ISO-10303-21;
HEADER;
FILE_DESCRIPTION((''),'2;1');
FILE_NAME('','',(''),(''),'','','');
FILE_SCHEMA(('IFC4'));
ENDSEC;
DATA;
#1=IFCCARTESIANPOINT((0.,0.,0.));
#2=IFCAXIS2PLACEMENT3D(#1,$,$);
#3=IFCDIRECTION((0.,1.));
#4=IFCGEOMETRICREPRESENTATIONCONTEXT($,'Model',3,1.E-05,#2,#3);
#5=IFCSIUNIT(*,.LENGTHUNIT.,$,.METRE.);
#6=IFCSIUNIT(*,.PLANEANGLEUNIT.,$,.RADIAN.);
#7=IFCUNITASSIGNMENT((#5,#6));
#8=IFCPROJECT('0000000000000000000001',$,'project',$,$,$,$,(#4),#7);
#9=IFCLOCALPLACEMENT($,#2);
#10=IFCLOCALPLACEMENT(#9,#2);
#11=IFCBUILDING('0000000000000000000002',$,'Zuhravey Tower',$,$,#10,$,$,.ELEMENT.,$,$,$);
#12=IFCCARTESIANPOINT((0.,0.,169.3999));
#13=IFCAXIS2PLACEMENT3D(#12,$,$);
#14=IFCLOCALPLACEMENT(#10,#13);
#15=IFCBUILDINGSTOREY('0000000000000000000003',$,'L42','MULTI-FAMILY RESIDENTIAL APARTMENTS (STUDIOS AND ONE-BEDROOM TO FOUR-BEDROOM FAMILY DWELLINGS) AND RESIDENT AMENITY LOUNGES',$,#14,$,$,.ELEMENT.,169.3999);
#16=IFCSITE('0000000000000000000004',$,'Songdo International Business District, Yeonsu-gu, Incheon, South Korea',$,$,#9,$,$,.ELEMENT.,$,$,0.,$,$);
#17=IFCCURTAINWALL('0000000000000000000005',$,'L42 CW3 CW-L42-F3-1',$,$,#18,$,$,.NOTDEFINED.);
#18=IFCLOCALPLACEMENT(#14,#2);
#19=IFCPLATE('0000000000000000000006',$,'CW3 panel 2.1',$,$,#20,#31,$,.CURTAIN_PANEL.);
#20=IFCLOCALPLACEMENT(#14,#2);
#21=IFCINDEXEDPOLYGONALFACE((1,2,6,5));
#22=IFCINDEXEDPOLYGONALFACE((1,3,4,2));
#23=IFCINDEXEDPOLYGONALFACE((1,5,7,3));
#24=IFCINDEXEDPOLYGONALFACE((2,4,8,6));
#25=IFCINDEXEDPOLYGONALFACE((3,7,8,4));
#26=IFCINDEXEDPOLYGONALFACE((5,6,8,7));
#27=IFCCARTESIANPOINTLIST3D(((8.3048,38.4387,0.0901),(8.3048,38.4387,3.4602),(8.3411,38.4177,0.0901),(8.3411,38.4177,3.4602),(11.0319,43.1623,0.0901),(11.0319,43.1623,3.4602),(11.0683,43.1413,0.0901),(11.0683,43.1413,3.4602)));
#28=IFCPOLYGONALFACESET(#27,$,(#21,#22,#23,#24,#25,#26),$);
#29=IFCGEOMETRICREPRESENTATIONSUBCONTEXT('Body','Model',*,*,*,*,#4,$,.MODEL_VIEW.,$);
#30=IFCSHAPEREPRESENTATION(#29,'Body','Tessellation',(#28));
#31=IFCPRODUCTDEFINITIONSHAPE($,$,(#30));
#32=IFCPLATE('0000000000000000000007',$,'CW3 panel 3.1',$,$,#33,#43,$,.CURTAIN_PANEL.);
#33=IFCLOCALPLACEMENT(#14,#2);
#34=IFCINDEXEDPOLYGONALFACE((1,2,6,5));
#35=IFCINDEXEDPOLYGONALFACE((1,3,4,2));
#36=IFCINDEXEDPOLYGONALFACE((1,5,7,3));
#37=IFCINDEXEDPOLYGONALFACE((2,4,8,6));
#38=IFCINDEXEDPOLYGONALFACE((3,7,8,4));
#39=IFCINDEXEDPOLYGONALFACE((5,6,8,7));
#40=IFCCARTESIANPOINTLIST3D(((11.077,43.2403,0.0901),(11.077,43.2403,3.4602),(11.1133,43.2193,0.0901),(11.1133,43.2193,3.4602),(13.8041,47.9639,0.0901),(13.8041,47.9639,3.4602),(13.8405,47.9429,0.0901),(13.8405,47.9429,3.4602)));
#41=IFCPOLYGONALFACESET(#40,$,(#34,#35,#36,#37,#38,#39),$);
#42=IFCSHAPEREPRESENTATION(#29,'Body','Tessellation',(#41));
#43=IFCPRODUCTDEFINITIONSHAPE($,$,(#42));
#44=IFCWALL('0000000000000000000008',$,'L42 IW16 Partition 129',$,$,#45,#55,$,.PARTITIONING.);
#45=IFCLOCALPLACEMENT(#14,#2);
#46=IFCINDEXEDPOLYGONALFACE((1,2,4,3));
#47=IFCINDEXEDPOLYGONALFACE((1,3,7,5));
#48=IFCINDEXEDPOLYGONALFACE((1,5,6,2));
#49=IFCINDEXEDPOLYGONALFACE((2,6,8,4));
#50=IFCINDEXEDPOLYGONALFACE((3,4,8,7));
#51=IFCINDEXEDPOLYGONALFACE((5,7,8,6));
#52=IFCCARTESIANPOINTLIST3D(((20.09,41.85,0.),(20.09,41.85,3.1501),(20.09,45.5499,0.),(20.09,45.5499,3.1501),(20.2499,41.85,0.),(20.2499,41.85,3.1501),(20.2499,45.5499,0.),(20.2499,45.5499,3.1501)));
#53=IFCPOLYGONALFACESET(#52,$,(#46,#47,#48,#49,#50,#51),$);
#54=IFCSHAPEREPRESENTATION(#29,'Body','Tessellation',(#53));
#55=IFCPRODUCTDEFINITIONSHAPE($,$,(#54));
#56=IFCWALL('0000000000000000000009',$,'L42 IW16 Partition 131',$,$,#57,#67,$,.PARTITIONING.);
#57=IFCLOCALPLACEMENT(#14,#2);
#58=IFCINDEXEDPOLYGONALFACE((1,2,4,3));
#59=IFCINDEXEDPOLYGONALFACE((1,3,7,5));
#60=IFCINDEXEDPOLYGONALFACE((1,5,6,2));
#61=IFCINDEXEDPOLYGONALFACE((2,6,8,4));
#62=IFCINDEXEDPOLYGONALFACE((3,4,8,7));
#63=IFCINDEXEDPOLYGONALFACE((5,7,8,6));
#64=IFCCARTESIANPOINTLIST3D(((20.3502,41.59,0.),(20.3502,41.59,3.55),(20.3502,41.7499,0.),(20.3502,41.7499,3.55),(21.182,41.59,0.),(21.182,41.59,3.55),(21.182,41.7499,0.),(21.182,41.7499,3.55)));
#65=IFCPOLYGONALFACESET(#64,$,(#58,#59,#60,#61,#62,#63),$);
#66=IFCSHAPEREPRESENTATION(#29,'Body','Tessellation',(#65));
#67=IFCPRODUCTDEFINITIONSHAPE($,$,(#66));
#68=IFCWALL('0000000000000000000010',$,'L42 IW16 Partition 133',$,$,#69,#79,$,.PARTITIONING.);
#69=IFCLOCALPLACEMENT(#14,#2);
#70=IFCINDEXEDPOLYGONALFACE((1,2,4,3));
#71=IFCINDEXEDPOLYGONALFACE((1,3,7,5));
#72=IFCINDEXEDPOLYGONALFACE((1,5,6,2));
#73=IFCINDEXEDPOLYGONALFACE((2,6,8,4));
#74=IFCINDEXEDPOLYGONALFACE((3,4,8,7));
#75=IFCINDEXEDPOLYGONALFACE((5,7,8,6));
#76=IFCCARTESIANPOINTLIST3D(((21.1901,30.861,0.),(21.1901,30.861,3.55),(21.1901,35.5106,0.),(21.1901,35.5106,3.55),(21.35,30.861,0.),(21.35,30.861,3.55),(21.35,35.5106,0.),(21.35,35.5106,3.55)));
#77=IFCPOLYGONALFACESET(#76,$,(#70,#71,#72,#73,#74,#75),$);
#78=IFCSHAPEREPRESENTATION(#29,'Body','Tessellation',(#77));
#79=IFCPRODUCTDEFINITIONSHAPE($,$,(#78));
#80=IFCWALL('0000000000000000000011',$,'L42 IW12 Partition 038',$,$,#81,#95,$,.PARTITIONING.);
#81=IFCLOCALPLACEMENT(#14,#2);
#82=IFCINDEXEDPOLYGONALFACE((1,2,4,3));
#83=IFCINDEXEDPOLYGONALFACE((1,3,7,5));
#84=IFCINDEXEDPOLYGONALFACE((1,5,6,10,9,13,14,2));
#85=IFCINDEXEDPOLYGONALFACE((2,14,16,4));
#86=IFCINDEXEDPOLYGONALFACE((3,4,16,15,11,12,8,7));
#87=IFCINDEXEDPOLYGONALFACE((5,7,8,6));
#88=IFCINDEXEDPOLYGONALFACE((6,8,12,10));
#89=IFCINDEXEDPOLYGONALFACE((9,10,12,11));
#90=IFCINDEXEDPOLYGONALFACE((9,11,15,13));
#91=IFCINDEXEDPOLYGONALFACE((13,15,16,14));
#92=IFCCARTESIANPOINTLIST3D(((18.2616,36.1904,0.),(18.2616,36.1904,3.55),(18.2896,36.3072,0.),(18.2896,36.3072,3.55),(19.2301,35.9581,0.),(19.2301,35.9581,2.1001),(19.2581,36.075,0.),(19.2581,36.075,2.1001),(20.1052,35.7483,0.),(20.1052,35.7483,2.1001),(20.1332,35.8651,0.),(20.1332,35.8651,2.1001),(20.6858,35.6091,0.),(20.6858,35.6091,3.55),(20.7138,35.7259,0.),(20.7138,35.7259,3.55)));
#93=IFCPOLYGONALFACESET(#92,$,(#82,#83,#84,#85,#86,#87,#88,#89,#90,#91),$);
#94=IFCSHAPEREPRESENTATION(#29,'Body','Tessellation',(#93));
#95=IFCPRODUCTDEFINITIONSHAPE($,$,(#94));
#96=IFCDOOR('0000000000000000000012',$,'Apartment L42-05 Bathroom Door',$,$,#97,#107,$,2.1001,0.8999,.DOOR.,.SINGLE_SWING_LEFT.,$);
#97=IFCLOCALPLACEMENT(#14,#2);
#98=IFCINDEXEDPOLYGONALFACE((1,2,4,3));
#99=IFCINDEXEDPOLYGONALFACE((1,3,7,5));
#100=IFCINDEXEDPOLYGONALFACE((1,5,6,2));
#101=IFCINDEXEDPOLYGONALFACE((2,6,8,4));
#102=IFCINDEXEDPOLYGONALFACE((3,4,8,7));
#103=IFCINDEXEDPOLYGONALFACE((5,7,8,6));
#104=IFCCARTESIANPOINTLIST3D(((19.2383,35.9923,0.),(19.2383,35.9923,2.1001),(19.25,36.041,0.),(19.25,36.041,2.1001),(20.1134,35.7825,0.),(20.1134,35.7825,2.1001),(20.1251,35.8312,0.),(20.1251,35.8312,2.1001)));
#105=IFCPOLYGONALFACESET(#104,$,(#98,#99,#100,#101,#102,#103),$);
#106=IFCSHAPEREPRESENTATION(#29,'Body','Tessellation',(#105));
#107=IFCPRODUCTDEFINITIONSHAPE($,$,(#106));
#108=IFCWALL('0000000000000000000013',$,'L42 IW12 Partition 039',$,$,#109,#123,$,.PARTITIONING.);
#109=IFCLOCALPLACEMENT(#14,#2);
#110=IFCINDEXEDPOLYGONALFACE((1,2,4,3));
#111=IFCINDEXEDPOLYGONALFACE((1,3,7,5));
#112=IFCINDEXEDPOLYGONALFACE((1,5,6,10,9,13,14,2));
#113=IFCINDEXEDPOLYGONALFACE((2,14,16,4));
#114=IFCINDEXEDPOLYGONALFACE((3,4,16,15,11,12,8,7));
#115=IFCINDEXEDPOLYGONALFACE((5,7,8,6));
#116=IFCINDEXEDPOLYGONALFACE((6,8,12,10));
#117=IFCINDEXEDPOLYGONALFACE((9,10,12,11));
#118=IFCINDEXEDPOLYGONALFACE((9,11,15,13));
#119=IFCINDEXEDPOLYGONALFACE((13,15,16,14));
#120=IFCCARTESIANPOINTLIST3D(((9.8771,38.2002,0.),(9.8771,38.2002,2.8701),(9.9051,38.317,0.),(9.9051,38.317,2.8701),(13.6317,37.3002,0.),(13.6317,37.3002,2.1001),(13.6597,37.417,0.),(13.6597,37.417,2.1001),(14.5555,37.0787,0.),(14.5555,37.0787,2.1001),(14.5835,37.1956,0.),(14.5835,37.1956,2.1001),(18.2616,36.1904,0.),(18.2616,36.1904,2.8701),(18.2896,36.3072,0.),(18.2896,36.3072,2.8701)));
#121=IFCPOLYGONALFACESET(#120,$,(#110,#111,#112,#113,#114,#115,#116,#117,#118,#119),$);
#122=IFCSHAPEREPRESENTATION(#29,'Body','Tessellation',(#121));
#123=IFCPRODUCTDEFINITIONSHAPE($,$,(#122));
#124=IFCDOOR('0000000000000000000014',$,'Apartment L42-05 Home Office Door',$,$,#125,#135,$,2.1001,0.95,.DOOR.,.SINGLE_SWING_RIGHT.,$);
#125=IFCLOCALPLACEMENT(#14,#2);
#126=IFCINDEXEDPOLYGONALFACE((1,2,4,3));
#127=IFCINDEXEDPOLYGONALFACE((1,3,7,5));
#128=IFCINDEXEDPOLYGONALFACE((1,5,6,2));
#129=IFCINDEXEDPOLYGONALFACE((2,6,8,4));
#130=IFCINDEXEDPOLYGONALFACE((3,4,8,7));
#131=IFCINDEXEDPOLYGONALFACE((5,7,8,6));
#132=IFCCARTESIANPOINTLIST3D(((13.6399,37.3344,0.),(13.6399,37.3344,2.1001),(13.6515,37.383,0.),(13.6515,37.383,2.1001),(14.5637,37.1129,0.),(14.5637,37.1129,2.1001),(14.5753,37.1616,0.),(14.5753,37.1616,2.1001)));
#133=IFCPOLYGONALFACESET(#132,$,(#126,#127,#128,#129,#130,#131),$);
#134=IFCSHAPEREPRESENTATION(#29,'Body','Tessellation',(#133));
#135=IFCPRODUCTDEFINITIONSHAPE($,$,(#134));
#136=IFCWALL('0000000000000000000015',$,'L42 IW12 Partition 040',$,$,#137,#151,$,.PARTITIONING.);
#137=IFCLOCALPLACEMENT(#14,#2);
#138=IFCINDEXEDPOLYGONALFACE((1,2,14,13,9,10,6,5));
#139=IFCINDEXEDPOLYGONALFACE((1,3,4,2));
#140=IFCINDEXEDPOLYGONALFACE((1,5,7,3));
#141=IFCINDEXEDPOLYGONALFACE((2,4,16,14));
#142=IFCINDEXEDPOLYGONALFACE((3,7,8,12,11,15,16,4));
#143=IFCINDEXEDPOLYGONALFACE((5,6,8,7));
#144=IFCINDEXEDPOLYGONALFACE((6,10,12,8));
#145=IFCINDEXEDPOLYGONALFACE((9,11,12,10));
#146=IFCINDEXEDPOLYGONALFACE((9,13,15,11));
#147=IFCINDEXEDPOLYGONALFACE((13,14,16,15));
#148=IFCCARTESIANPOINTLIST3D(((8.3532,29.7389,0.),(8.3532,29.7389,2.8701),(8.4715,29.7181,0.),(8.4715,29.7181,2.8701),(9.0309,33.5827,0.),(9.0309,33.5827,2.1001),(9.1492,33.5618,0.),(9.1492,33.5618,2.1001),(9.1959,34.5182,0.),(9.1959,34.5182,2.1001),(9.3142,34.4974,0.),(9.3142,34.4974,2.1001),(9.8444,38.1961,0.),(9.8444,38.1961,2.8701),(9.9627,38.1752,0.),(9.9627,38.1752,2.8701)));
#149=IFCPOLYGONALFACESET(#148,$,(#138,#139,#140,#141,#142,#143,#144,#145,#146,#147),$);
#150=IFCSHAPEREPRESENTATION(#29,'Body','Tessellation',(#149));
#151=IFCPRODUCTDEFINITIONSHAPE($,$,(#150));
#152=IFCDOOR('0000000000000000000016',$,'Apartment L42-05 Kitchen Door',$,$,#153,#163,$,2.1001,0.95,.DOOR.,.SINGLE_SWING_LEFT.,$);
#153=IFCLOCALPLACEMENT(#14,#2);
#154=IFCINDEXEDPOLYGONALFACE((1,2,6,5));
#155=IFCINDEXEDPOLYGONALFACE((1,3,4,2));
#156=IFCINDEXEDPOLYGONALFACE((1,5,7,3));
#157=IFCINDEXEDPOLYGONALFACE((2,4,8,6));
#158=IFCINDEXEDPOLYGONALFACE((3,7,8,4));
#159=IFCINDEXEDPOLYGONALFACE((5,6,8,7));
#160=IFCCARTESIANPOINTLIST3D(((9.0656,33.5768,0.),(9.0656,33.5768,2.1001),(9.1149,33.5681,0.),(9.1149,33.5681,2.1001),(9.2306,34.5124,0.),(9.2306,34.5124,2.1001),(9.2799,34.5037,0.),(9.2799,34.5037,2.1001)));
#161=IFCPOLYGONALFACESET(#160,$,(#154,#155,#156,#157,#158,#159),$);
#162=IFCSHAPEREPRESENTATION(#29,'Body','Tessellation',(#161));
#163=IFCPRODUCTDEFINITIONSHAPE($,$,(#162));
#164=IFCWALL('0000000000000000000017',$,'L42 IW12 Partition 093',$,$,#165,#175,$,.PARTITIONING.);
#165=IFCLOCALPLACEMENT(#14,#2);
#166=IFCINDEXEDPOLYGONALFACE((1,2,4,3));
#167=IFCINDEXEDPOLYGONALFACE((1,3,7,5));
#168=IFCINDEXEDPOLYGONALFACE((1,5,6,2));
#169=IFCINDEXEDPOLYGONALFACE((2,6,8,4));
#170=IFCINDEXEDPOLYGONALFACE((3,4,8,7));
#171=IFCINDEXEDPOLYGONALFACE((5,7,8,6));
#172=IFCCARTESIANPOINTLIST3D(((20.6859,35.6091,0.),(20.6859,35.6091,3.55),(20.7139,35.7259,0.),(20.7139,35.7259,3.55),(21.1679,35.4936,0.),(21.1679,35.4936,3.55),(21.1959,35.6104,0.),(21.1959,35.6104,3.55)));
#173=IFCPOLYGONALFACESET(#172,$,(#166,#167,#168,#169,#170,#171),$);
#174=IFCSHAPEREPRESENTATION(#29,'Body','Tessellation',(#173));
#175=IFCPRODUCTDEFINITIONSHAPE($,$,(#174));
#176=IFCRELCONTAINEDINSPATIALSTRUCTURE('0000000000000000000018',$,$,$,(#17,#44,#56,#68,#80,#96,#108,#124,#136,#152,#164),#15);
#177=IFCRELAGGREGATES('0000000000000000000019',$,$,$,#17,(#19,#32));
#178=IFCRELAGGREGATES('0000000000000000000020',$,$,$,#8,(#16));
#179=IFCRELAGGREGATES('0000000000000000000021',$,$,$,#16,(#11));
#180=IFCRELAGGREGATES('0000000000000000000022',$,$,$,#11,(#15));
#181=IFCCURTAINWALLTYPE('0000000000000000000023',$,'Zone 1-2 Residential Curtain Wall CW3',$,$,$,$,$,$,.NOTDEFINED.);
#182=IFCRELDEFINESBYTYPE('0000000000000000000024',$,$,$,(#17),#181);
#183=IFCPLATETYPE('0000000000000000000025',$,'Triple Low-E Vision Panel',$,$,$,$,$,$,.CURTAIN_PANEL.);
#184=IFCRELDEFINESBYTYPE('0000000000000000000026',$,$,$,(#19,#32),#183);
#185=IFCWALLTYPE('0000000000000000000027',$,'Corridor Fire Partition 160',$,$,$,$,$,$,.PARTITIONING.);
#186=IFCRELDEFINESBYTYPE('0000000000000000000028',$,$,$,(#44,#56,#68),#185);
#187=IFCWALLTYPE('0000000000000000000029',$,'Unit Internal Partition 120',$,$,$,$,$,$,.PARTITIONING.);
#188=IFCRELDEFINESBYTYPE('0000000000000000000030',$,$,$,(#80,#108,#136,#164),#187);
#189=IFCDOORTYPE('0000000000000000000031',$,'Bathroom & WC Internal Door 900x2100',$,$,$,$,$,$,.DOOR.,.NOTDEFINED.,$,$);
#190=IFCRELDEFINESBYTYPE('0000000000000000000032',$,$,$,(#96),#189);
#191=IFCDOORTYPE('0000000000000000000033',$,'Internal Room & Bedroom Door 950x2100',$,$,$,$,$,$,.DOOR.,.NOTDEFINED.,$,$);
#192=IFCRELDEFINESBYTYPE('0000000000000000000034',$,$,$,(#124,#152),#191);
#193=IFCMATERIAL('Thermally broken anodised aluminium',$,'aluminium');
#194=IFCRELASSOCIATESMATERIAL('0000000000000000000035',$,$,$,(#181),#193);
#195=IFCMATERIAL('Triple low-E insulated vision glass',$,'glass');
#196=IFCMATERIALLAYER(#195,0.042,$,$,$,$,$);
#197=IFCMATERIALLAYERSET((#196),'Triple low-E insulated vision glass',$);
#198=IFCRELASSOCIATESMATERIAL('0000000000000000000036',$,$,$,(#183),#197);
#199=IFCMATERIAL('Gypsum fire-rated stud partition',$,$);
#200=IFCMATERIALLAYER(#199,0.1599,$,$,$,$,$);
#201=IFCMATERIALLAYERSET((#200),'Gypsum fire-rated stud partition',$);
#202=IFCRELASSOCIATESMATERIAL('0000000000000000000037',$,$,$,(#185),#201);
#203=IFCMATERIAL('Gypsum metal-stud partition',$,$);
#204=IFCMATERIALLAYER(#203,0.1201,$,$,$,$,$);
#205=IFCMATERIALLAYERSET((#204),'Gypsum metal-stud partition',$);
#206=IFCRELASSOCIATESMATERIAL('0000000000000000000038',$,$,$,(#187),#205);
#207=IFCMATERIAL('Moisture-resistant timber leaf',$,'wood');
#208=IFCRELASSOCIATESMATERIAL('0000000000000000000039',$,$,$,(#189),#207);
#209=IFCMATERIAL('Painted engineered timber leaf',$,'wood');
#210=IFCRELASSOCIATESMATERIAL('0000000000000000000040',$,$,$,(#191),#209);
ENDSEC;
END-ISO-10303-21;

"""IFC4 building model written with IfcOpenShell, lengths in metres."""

from ifc_helpers import new_model, si_unit, direction, frame, frame_2d, origin, origin_2d, place, context, subcontext, project, spatial, rectangle, extrude, material, layer, layer_set, type_object, element, fill, aggregate, save


model = new_model("IFC4")

# Units and contexts
model_context = context("Model", 3, precision=1e-05, world=origin(), true_north=direction((0.0, 1.0)))
body_context = subcontext(model_context, "Body", "Model", "MODEL_VIEW")
ifc_project = project(units=[si_unit("LENGTHUNIT", "METRE"), si_unit("PLANEANGLEUNIT", "RADIAN")], contexts=[model_context])

# Site, building, storey
site_placement = place(None, origin())
site = spatial("IfcSite", under=ifc_project, at=site_placement, Name="Songdo International Business District, Yeonsu-gu, Incheon, South Korea", CompositionType="ELEMENT", RefElevation=0.0)
building_placement = place(site_placement, origin())
building = spatial("IfcBuilding", under=site, at=building_placement, Name="Zuhravey Tower", CompositionType="ELEMENT")
storey_placement = place(building_placement, frame((0.0, 0.0, 169.3999)))
storey = spatial("IfcBuildingStorey", under=building, at=storey_placement, Name="L42", Description="MULTI-FAMILY RESIDENTIAL APARTMENTS (STUDIOS AND ONE-BEDROOM TO FOUR-BEDROOM FAMILY DWELLINGS) AND RESIDENT AMENITY LOUNGES", CompositionType="ELEMENT", Elevation=169.3999)

# Curtain wall
ifc_material_1 = material(Name="Thermally broken anodised aluminium", Category="aluminium")
curtain_wall_type = type_object("IfcCurtainWallType", Name="Zone 1-2 Residential Curtain Wall CW3", PredefinedType="NOTDEFINED", material=ifc_material_1)
curtain_wall_placement = place(storey_placement, origin())
curtain_wall = element("IfcCurtainWall", 1, at=curtain_wall_placement, inside=storey, type_object=curtain_wall_type, Name="L42 CW3 CW-L42-F3-1", PredefinedType="NOTDEFINED")

# Plates
ifc_material_2 = material(Name="Triple low-E insulated vision glass", Category="glass")
ifc_layer_1 = layer(ifc_material_2, 0.042)
ifc_layer_set_1 = layer_set([ifc_layer_1], Name="Triple low-E insulated vision glass")
plate_type_1 = type_object("IfcPlateType", Name="Triple Low-E Vision Panel", PredefinedType="CURTAIN_PANEL", material=ifc_layer_set_1)
plate_1_placement = place(storey_placement, frame((9.6865, 40.79, 0.0901), z_axis=(0.0, 0.0, 1.0), x_axis=(0.5, 0.866025, 0.0)))
plate_1 = element("IfcPlate", 2, at=plate_1_placement, type_object=plate_type_1, Name="CW3 panel 2.1", PredefinedType="CURTAIN_PANEL", context=body_context, shape_type="SweptSolid", body=[
    extrude(rectangle(XDim=5.4543, YDim=0.042, at=origin_2d()), origin(), (0.0, 0.0, 1.0), 3.3701),
])
plate_2_placement = place(storey_placement, frame((12.4587, 45.5916, 0.0901), z_axis=(0.0, 0.0, 1.0), x_axis=(0.5, 0.866025, 0.0)))
plate_2 = element("IfcPlate", 3, at=plate_2_placement, type_object=plate_type_1, Name="CW3 panel 3.1", PredefinedType="CURTAIN_PANEL", context=body_context, shape_type="SweptSolid", body=[
    extrude(rectangle(XDim=5.4543, YDim=0.042, at=origin_2d()), origin(), (0.0, 0.0, 1.0), 3.3701),
])
aggregate(curtain_wall, [plate_1, plate_2])

# Walls
ifc_material_3 = material(Name="Gypsum fire-rated stud partition")
ifc_layer_2 = layer(ifc_material_3, 0.1599)
ifc_layer_set_2 = layer_set([ifc_layer_2], Name="Gypsum fire-rated stud partition")
wall_type_1 = type_object("IfcWallType", Name="Corridor Fire Partition 160", PredefinedType="PARTITIONING", material=ifc_layer_set_2)
wall_1_placement = place(storey_placement, frame((20.1699, 45.55, 0.0), z_axis=(0.0, 0.0, 1.0), x_axis=(0.0, -1.0, 0.0)))
element("IfcWall", 4, at=wall_1_placement, inside=storey, type_object=wall_type_1, Name="L42 IW16 Partition 129", PredefinedType="PARTITIONING", context=body_context, shape_type="SweptSolid", body=[
    extrude(rectangle(XDim=3.7, YDim=0.1599, at=frame_2d((1.8501, 0.0))), origin(), (0.0, 0.0, 1.0), 3.1501),
])
wall_2_placement = place(storey_placement, frame((20.3501, 41.6699, 0.0), z_axis=(0.0, 0.0, 1.0), x_axis=(1.0, 0.0, 0.0)))
element("IfcWall", 5, at=wall_2_placement, inside=storey, type_object=wall_type_1, Name="L42 IW16 Partition 131", PredefinedType="PARTITIONING", context=body_context, shape_type="SweptSolid", body=[
    extrude(rectangle(XDim=0.8318, YDim=0.1599, at=frame_2d((0.416, 0.0))), origin(), (0.0, 0.0, 1.0), 3.55),
])
wall_3_placement = place(storey_placement, frame((21.27, 35.5105, 0.0), z_axis=(0.0, 0.0, 1.0), x_axis=(0.0, -1.0, 0.0)))
element("IfcWall", 6, at=wall_3_placement, inside=storey, type_object=wall_type_1, Name="L42 IW16 Partition 133", PredefinedType="PARTITIONING", context=body_context, shape_type="SweptSolid", body=[
    extrude(rectangle(XDim=4.6497, YDim=0.1599, at=frame_2d((2.3247, 0.0))), origin(), (0.0, 0.0, 1.0), 3.55),
])

# Walls, openings, doors
ifc_material_4 = material(Name="Gypsum metal-stud partition")
ifc_layer_3 = layer(ifc_material_4, 0.1201)
ifc_layer_set_3 = layer_set([ifc_layer_3], Name="Gypsum metal-stud partition")
wall_type_2 = type_object("IfcWallType", Name="Unit Internal Partition 120", PredefinedType="PARTITIONING", material=ifc_layer_set_3)
wall_4_placement = place(storey_placement, frame((20.7, 35.6675, 0.0), z_axis=(0.0, 0.0, 1.0), x_axis=(-0.972436, 0.233169, 0.0)))
wall_4 = element("IfcWall", 7, at=wall_4_placement, inside=storey, type_object=wall_type_2, Name="L42 IW12 Partition 038", PredefinedType="PARTITIONING", context=body_context, shape_type="SweptSolid", body=[
    extrude(rectangle(XDim=2.4929, YDim=0.1201, at=frame_2d((1.2466, 0.0))), origin(), (0.0, 0.0, 1.0), 3.55),
])
opening_1_placement = place(wall_4_placement, frame((0.5972, 0.0, 0.0)))
opening_1 = element("IfcOpeningElement", 8, at=opening_1_placement, cuts=wall_4, PredefinedType="OPENING", context=body_context, shape_type="SweptSolid", body=[
    extrude(rectangle(XDim=0.8999, YDim=2.1001, at=frame_2d((0.45, 1.05))), frame((0.0, 0.072, 0.0), z_axis=(0.0, -1.0, 0.0), x_axis=(1.0, 0.0, 0.0)), (0.0, 0.0, 1.0), 0.144),
])
ifc_material_5 = material(Name="Moisture-resistant timber leaf", Category="wood")
door_type_1 = type_object("IfcDoorType", Name="Bathroom & WC Internal Door 900x2100", OperationType="NOTDEFINED", PredefinedType="DOOR", material=ifc_material_5)
door_1_placement = place(opening_1_placement, origin())
door_1 = element("IfcDoor", 9, at=door_1_placement, inside=storey, type_object=door_type_1, Name="Apartment L42-05 Bathroom Door", OperationType="SINGLE_SWING_LEFT", OverallHeight=2.1001, OverallWidth=0.8999, PredefinedType="DOOR", context=body_context, shape_type="SweptSolid", body=[
    extrude(rectangle(XDim=0.8999, YDim=2.1001, at=frame_2d((0.45, 1.05))), frame((0.0, 0.0249, 0.0), z_axis=(0.0, -1.0, 0.0), x_axis=(1.0, 0.0, 0.0)), (0.0, 0.0, 1.0), 0.05),
])
fill(opening_1, door_1)
wall_5_placement = place(storey_placement, frame((18.2756, 36.2488, 0.0), z_axis=(0.0, 0.0, 1.0), x_axis=(-0.972454, 0.233097, 0.0)))
wall_5 = element("IfcWall", 10, at=wall_5_placement, inside=storey, type_object=wall_type_2, Name="L42 IW12 Partition 039", PredefinedType="PARTITIONING", context=body_context, shape_type="SweptSolid", body=[
    extrude(rectangle(XDim=8.6221, YDim=0.1201, at=frame_2d((4.311, 0.0))), origin(), (0.0, 0.0, 1.0), 2.8701),
])
opening_2_placement = place(wall_5_placement, frame((3.811, 0.0, 0.0)))
opening_2 = element("IfcOpeningElement", 11, at=opening_2_placement, cuts=wall_5, PredefinedType="OPENING", context=body_context, shape_type="SweptSolid", body=[
    extrude(rectangle(XDim=0.95, YDim=2.1001, at=frame_2d((0.4751, 1.05))), frame((0.0, 0.072, 0.0), z_axis=(0.0, -1.0, 0.0), x_axis=(1.0, 0.0, 0.0)), (0.0, 0.0, 1.0), 0.144),
])
ifc_material_6 = material(Name="Painted engineered timber leaf", Category="wood")
door_type_2 = type_object("IfcDoorType", Name="Internal Room & Bedroom Door 950x2100", OperationType="NOTDEFINED", PredefinedType="DOOR", material=ifc_material_6)
door_2_placement = place(opening_2_placement, origin())
door_2 = element("IfcDoor", 12, at=door_2_placement, inside=storey, type_object=door_type_2, Name="Apartment L42-05 Home Office Door", OperationType="SINGLE_SWING_RIGHT", OverallHeight=2.1001, OverallWidth=0.95, PredefinedType="DOOR", context=body_context, shape_type="SweptSolid", body=[
    extrude(rectangle(XDim=0.95, YDim=2.1001, at=frame_2d((0.4751, 1.05))), frame((0.0, 0.0249, 0.0), z_axis=(0.0, -1.0, 0.0), x_axis=(1.0, 0.0, 0.0)), (0.0, 0.0, 1.0), 0.05),
])
fill(opening_2, door_2)
wall_6_placement = place(storey_placement, frame((9.9036, 38.1858, 0.0), z_axis=(0.0, 0.0, 1.0), x_axis=(-0.173644, -0.984808, 0.0)))
wall_6 = element("IfcWall", 13, at=wall_6_placement, inside=storey, type_object=wall_type_2, Name="L42 IW12 Partition 040", PredefinedType="PARTITIONING", context=body_context, shape_type="SweptSolid", body=[
    extrude(rectangle(XDim=8.5876, YDim=0.1201, at=frame_2d((4.2939, 0.0))), origin(), (0.0, 0.0, 1.0), 2.8701),
])
opening_3_placement = place(wall_6_placement, frame((3.7346, 0.0, 0.0)))
opening_3 = element("IfcOpeningElement", 14, at=opening_3_placement, cuts=wall_6, PredefinedType="OPENING", context=body_context, shape_type="SweptSolid", body=[
    extrude(rectangle(XDim=0.95, YDim=2.1001, at=frame_2d((0.4751, 1.05))), frame((0.0, 0.072, 0.0), z_axis=(0.0, -1.0, 0.0), x_axis=(1.0, 0.0, 0.0)), (0.0, 0.0, 1.0), 0.144),
])
door_3_placement = place(opening_3_placement, frame((0.95, 0.0, 0.0), z_axis=(0.0, 0.0, 1.0), x_axis=(-1.0, 0.0, 0.0)))
door_3 = element("IfcDoor", 15, at=door_3_placement, inside=storey, type_object=door_type_2, Name="Apartment L42-05 Kitchen Door", OperationType="SINGLE_SWING_LEFT", OverallHeight=2.1001, OverallWidth=0.95, PredefinedType="DOOR", context=body_context, shape_type="SweptSolid", body=[
    extrude(rectangle(XDim=0.95, YDim=2.1001, at=frame_2d((0.4751, 1.05))), frame((0.0, 0.0249, 0.0), z_axis=(0.0, -1.0, 0.0), x_axis=(1.0, 0.0, 0.0)), (0.0, 0.0, 1.0), 0.05),
])
fill(opening_3, door_3)

# Wall
wall_7_placement = place(storey_placement, frame((21.1819, 35.552, 0.0), z_axis=(0.0, 0.0, 1.0), x_axis=(-0.972472, 0.233019, 0.0)))
element("IfcWall", 16, at=wall_7_placement, inside=storey, type_object=wall_type_2, Name="L42 IW12 Partition 093", PredefinedType="PARTITIONING", context=body_context, shape_type="SweptSolid", body=[
    extrude(rectangle(XDim=0.4956, YDim=0.1201, at=frame_2d((0.2478, 0.0))), origin(), (0.0, 0.0, 1.0), 3.55),
])

save(model, "model.ifc")
